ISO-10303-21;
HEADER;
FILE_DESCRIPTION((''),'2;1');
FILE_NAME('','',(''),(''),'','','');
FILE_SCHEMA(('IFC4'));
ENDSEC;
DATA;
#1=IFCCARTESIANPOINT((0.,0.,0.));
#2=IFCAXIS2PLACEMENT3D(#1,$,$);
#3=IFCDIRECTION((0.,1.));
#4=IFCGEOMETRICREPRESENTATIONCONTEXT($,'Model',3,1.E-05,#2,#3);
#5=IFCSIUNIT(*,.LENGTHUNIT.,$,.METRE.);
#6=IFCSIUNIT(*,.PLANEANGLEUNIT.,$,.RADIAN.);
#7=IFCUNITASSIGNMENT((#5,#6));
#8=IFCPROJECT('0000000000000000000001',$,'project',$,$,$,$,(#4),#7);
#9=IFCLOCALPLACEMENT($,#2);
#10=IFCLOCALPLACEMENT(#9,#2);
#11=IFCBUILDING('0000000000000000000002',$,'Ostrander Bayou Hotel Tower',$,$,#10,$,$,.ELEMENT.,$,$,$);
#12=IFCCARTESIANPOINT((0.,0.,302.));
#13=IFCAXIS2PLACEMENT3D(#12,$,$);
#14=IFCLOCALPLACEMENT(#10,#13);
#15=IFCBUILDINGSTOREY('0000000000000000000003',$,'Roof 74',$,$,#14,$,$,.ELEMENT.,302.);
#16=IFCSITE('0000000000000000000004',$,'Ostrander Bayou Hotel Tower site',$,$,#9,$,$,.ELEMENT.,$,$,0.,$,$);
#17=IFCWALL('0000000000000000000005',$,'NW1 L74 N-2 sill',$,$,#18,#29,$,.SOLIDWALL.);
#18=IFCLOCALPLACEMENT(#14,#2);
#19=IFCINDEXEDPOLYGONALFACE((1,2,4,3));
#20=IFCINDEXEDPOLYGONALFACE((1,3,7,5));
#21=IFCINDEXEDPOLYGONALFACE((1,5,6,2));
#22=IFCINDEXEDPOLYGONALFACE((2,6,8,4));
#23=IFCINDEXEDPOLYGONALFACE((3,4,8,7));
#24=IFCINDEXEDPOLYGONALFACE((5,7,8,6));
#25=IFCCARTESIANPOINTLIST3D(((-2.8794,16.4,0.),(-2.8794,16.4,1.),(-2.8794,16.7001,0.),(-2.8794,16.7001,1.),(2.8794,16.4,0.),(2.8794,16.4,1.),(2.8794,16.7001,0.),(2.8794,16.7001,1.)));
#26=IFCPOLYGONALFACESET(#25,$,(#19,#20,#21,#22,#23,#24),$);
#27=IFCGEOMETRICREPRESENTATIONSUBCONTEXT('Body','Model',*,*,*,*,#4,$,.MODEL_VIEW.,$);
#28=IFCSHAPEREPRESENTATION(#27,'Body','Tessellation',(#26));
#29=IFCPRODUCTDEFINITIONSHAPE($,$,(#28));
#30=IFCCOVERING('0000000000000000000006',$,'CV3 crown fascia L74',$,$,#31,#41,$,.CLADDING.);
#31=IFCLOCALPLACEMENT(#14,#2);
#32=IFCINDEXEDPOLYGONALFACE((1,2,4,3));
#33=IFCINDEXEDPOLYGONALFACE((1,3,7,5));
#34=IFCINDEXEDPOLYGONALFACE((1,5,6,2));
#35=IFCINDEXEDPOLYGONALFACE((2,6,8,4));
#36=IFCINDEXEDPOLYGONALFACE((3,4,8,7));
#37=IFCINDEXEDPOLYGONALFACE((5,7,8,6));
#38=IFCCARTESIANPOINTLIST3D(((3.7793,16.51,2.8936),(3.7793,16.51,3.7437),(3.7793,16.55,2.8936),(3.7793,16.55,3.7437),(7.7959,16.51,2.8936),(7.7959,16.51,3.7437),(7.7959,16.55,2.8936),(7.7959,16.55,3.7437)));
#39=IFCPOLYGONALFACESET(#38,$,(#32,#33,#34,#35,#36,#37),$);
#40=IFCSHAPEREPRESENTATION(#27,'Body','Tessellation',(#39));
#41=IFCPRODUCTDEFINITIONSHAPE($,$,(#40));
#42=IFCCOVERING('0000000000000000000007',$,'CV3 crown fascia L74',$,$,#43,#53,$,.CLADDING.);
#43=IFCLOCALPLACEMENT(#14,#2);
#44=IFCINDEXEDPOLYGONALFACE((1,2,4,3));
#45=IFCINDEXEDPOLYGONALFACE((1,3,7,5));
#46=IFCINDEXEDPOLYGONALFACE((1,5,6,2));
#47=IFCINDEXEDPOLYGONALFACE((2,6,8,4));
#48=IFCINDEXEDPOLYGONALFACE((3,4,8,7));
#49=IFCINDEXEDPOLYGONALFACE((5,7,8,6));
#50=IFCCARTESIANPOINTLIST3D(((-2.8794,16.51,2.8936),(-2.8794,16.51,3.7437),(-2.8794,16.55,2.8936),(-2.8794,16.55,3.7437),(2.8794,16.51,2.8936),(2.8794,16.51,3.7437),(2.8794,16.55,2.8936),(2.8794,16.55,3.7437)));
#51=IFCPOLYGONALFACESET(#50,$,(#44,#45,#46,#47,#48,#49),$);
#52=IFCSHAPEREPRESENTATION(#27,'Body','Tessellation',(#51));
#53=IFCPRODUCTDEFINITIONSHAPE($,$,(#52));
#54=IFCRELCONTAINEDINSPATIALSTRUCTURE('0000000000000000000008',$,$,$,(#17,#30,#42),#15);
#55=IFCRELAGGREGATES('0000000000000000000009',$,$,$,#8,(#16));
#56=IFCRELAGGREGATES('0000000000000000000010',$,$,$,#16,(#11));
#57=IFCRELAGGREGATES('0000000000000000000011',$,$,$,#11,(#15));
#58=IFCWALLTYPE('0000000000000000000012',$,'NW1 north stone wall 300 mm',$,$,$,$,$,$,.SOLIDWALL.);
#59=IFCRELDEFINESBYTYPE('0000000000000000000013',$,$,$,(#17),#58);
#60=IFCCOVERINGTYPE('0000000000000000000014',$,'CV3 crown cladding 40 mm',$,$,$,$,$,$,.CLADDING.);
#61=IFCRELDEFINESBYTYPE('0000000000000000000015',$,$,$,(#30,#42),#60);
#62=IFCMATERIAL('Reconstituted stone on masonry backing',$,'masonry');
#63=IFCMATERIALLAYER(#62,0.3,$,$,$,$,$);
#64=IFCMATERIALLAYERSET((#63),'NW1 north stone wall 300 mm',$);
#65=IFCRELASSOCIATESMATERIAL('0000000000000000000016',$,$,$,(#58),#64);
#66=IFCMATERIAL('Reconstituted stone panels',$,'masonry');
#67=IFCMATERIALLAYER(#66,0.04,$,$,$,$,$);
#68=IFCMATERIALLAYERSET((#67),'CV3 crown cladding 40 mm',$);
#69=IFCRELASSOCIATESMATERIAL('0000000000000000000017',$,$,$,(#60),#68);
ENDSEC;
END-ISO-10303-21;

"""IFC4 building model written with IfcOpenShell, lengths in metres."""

from ifc_helpers import new_model, si_unit, direction, frame, frame_2d, origin, place, context, subcontext, project, spatial, polyline, rectangle, outline, extrude, material, layer, layer_set, type_object, element, save


model = new_model("IFC4")

# Units and contexts
model_context = context("Model", 3, precision=1e-05, world=origin(), true_north=direction((0.0, 1.0)))
body_context = subcontext(model_context, "Body", "Model", "MODEL_VIEW")
ifc_project = project(units=[si_unit("LENGTHUNIT", "METRE"), si_unit("PLANEANGLEUNIT", "RADIAN")], contexts=[model_context])

# Site, building, storey
site_placement = place(None, origin())
site = spatial("IfcSite", under=ifc_project, at=site_placement, Name="Ostrander Bayou Hotel Tower site", CompositionType="ELEMENT", RefElevation=0.0)
building_placement = place(site_placement, origin())
building = spatial("IfcBuilding", under=site, at=building_placement, Name="Ostrander Bayou Hotel Tower", CompositionType="ELEMENT")
storey_placement = place(building_placement, frame((0.0, 0.0, 302.0)))
storey = spatial("IfcBuildingStorey", under=building, at=storey_placement, Name="Roof 74", CompositionType="ELEMENT", Elevation=302.0)

# Wall
ifc_material_1 = material(Name="Reconstituted stone on masonry backing", Category="masonry")
ifc_layer_1 = layer(ifc_material_1, 0.3)
ifc_layer_set_1 = layer_set([ifc_layer_1], Name="NW1 north stone wall 300 mm")
wall_type = type_object("IfcWallType", Name="NW1 north stone wall 300 mm", PredefinedType="SOLIDWALL", material=ifc_layer_set_1)
wall_1_placement = place(storey_placement, frame((2.8794, 16.55, 0.0), z_axis=(0.0, 0.0, 1.0), x_axis=(-1.0, 0.0, 0.0)))
element("IfcWall", 1, at=wall_1_placement, inside=storey, type_object=wall_type, Name="NW1 L74 N-2 sill", PredefinedType="SOLIDWALL", context=body_context, shape_type="SweptSolid", body=[
    extrude(rectangle(XDim=5.7588, YDim=0.3, at=frame_2d((2.8794, 0.0))), origin(), (0.0, 0.0, 1.0), 1.0),
])

# Coverings
ifc_material_2 = material(Name="Reconstituted stone panels", Category="masonry")
ifc_layer_2 = layer(ifc_material_2, 0.04)
ifc_layer_set_2 = layer_set([ifc_layer_2], Name="CV3 crown cladding 40 mm")
covering_type = type_object("IfcCoveringType", Name="CV3 crown cladding 40 mm", PredefinedType="CLADDING", material=ifc_layer_set_2)
covering_1_placement = place(storey_placement, frame((7.7959, 16.55, 2.8936), z_axis=(0.0, 1.0, 0.0), x_axis=(-1.0, 0.0, 0.0)))
element("IfcCovering", 2, at=covering_1_placement, inside=storey, type_object=covering_type, Name="CV3 crown fascia L74", PredefinedType="CLADDING", context=body_context, shape_type="SweptSolid", body=[
    extrude(outline(polyline([(0.0, 0.0), (4.0166, 0.0), (4.0166, 0.8501), (0.0, 0.8501), (0.0, 0.0)])), origin(), (0.0, 0.0, -1.0), 0.04),
])
covering_2_placement = place(storey_placement, frame((2.8794, 16.55, 2.8936), z_axis=(0.0, 1.0, 0.0), x_axis=(-1.0, 0.0, 0.0)))
element("IfcCovering", 3, at=covering_2_placement, inside=storey, type_object=covering_type, Name="CV3 crown fascia L74", PredefinedType="CLADDING", context=body_context, shape_type="SweptSolid", body=[
    extrude(outline(polyline([(0.0, 0.0), (5.7588, 0.0), (5.7588, 0.8501), (0.0, 0.8501), (0.0, 0.0)])), origin(), (0.0, 0.0, -1.0), 0.04),
])

save(model, "model.ifc")
